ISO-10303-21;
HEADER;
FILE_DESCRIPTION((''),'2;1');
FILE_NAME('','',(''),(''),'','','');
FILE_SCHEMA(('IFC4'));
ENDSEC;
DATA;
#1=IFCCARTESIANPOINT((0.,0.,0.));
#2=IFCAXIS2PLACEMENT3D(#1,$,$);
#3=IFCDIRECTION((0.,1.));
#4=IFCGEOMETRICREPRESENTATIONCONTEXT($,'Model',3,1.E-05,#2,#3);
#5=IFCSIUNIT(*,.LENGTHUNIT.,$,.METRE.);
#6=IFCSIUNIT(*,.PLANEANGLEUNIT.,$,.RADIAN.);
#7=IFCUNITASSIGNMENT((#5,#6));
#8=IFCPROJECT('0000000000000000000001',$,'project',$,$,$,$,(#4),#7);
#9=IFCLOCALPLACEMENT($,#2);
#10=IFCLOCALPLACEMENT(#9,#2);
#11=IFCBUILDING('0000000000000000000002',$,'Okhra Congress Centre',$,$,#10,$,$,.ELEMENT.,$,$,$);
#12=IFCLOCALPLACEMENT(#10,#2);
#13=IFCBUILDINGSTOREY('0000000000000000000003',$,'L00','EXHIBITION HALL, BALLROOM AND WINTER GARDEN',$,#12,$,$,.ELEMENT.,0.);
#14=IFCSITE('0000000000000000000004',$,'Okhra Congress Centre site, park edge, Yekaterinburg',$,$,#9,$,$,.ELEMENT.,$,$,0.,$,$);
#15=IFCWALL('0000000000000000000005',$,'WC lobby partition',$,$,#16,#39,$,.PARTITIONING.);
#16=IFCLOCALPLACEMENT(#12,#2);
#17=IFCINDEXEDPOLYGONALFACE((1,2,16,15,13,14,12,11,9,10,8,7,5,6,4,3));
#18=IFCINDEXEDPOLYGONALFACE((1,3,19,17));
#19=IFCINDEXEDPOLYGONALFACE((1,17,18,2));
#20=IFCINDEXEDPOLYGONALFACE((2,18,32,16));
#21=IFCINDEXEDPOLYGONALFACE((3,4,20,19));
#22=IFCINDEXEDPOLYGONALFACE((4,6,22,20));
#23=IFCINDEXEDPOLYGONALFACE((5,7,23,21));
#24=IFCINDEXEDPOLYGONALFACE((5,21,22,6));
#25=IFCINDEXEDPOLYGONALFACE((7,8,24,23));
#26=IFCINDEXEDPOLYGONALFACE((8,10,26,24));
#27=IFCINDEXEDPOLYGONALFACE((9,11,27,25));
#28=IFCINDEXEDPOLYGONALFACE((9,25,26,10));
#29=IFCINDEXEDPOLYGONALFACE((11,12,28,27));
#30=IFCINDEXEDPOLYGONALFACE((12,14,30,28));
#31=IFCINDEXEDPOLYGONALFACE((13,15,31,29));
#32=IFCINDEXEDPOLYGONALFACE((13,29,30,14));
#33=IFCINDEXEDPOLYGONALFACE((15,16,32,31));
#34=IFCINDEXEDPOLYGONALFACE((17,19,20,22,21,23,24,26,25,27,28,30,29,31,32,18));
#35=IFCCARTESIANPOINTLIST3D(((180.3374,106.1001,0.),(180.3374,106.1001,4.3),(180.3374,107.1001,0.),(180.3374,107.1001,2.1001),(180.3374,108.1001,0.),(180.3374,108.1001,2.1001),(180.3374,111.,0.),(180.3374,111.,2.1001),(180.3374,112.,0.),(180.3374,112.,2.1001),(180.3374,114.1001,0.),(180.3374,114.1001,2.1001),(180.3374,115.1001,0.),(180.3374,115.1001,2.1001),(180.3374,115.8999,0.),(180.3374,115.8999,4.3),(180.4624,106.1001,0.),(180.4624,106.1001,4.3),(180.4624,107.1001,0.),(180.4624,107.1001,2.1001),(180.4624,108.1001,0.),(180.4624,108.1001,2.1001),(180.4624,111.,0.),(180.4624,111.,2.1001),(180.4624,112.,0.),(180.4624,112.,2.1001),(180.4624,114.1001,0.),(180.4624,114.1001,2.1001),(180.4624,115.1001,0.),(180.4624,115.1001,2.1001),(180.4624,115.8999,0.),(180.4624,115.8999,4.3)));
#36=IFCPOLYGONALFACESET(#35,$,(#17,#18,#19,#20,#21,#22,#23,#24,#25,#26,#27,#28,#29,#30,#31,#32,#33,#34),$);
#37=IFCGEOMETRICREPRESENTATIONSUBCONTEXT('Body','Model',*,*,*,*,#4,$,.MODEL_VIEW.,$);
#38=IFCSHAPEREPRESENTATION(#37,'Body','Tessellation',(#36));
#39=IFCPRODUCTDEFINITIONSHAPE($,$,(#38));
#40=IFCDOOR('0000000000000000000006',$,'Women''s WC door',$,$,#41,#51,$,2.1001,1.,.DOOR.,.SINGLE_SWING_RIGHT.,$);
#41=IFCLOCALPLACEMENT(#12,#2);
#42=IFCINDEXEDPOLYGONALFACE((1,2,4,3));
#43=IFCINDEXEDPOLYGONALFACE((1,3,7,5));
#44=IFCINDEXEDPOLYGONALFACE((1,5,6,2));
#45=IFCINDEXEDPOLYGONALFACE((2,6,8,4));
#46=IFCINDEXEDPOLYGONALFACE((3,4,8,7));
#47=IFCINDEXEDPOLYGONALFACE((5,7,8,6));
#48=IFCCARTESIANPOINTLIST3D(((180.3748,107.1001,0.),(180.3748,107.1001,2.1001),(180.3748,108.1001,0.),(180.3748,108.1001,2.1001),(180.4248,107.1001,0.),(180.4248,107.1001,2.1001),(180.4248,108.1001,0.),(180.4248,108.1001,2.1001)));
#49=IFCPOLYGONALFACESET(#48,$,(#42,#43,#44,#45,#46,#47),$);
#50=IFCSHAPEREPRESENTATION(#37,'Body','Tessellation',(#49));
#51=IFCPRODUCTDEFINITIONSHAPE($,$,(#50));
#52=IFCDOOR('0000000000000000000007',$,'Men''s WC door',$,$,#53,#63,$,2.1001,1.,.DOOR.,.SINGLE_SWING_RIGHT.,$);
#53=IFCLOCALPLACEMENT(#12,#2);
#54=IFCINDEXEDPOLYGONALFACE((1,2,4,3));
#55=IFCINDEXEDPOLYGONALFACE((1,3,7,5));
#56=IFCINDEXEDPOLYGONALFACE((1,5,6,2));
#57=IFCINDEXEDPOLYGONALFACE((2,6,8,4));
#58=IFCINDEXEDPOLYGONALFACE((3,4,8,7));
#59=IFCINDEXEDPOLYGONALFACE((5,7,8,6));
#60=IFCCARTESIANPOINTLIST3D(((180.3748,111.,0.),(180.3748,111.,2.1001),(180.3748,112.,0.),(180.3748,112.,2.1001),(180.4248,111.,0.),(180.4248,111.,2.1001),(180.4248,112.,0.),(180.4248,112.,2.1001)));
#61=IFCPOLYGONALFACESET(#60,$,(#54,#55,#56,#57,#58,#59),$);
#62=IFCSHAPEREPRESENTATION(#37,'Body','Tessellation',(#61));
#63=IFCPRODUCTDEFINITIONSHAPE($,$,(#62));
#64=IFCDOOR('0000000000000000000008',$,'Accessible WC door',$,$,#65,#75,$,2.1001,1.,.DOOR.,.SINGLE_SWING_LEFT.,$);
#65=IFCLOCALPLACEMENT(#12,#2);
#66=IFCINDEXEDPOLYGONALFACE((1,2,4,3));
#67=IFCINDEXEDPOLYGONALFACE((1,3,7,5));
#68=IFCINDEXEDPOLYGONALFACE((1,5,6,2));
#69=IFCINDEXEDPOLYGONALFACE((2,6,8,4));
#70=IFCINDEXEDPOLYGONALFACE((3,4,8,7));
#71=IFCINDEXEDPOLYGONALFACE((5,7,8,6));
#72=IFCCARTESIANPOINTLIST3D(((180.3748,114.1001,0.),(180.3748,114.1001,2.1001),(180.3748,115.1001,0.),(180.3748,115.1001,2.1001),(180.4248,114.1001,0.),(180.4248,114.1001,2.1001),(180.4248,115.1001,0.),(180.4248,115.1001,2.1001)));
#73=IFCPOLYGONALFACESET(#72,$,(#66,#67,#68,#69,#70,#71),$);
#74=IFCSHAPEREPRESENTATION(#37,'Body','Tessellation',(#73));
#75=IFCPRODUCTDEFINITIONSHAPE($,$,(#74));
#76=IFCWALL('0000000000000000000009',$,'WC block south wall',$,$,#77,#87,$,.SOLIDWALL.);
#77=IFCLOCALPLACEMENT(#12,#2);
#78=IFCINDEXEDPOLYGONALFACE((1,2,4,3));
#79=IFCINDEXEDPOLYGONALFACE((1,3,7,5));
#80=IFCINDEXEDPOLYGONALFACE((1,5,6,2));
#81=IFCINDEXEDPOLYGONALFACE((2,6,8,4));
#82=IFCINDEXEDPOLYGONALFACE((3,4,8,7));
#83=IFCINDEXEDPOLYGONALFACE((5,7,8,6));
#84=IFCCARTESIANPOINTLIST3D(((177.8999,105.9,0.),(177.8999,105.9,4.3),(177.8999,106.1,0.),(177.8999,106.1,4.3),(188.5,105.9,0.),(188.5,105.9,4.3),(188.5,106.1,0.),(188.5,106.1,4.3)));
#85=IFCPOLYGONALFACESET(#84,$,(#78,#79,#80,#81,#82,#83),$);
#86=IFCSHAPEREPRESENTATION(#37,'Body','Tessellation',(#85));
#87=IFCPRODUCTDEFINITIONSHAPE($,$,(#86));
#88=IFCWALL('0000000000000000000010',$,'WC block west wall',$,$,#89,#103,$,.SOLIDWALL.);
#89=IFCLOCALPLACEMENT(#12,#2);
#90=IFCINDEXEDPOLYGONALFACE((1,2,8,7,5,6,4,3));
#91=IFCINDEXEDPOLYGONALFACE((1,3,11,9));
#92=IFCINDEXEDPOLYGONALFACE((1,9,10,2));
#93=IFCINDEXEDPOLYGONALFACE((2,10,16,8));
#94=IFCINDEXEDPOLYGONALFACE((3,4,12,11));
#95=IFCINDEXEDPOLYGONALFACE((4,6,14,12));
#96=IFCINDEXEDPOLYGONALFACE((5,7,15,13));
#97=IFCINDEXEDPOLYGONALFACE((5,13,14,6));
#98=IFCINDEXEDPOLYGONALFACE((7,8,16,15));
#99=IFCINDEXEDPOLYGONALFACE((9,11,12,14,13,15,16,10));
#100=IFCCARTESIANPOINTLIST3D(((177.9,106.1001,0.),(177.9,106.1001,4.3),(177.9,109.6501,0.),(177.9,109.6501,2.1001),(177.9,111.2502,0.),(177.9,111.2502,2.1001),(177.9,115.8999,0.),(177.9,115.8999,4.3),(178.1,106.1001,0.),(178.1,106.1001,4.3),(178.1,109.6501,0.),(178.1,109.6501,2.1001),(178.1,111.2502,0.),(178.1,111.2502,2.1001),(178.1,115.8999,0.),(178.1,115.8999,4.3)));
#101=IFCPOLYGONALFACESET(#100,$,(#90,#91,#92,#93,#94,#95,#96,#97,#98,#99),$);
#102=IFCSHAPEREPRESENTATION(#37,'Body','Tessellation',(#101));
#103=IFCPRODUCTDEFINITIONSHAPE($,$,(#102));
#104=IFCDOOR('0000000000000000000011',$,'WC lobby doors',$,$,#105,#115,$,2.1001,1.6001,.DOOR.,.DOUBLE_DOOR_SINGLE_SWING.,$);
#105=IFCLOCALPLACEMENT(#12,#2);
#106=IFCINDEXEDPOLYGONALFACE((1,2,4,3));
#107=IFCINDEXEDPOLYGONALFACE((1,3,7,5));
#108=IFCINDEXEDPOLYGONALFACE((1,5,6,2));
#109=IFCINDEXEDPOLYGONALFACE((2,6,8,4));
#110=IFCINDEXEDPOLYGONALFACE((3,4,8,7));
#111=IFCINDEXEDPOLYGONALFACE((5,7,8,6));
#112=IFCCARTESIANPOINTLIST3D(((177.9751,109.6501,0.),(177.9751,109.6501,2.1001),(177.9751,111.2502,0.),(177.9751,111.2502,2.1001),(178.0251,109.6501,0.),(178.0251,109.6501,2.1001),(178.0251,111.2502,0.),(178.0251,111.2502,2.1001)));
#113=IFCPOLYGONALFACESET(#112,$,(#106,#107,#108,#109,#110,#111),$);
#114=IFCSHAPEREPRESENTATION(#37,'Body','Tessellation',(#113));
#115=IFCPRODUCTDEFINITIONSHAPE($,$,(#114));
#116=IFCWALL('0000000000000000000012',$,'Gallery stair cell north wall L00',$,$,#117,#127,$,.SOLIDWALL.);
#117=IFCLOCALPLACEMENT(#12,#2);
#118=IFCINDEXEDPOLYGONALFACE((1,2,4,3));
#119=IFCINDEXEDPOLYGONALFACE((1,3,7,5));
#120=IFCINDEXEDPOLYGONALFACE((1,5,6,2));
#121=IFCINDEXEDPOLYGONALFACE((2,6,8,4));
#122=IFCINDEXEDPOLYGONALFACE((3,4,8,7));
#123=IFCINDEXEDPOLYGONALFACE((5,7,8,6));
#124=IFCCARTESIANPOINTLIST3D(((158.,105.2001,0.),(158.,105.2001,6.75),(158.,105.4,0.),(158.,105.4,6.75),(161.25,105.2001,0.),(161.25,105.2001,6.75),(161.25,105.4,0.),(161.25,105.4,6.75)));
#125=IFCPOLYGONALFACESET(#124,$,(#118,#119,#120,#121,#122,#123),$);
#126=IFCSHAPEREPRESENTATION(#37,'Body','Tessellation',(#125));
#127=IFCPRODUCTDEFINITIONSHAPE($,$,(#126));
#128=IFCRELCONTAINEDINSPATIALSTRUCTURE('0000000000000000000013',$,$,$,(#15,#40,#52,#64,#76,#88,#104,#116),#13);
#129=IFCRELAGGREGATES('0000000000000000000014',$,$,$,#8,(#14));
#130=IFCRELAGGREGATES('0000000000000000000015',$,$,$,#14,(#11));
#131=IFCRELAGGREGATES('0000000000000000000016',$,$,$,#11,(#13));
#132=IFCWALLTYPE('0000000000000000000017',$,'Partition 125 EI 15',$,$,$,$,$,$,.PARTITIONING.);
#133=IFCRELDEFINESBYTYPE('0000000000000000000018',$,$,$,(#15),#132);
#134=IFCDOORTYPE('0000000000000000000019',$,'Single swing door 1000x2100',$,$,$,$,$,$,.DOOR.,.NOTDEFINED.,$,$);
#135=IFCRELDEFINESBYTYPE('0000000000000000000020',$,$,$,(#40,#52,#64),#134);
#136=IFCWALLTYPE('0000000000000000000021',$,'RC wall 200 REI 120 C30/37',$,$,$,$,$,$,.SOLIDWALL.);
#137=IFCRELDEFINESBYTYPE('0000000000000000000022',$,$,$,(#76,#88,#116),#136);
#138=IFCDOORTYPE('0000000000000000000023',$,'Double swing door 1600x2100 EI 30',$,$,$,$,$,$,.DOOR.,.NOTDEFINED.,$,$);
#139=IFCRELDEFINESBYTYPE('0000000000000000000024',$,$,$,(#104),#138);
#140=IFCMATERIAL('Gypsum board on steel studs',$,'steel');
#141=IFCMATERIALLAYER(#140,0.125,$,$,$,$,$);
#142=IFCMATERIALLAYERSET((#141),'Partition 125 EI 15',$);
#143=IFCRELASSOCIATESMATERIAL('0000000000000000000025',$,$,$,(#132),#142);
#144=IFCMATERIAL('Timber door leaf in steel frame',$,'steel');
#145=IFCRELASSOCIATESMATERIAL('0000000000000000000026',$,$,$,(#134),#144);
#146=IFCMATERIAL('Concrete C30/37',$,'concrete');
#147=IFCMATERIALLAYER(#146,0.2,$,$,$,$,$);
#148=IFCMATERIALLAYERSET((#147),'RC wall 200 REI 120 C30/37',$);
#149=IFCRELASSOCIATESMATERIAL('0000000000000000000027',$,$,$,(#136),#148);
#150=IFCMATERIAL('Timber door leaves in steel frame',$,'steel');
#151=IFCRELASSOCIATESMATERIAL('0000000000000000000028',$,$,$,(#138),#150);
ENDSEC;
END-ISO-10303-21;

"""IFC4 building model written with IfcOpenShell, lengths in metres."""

from ifc_helpers import new_model, si_unit, direction, frame, frame_2d, origin, place, context, subcontext, project, spatial, rectangle, extrude, material, layer, layer_set, type_object, element, fill, save


model = new_model("IFC4")

# Units and contexts
model_context = context("Model", 3, precision=1e-05, world=origin(), true_north=direction((0.0, 1.0)))
body_context = subcontext(model_context, "Body", "Model", "MODEL_VIEW")
ifc_project = project(units=[si_unit("LENGTHUNIT", "METRE"), si_unit("PLANEANGLEUNIT", "RADIAN")], contexts=[model_context])

# Site, building, storey
site_placement = place(None, origin())
site = spatial("IfcSite", under=ifc_project, at=site_placement, Name="Okhra Congress Centre site, park edge, Yekaterinburg", CompositionType="ELEMENT", RefElevation=0.0)
building_placement = place(site_placement, origin())
building = spatial("IfcBuilding", under=site, at=building_placement, Name="Okhra Congress Centre", CompositionType="ELEMENT")
storey_placement = place(building_placement, origin())
storey = spatial("IfcBuildingStorey", under=building, at=storey_placement, Name="L00", Description="EXHIBITION HALL, BALLROOM AND WINTER GARDEN", CompositionType="ELEMENT", Elevation=0.0)

# Shared definitions
ifc_material_1 = material(Name="Concrete C30/37", Category="concrete")

# Shared definitions
ifc_material_2 = material(Name="Gypsum board on steel studs", Category="steel")

# Wall, openings, doors
ifc_layer_1 = layer(ifc_material_2, 0.125)
ifc_layer_set_1 = layer_set([ifc_layer_1], Name="Partition 125 EI 15")
wall_type_1 = type_object("IfcWallType", Name="Partition 125 EI 15", PredefinedType="PARTITIONING", material=ifc_layer_set_1)
wall_1_placement = place(storey_placement, frame((180.3999, 106.1001, 0.0), z_axis=(0.0, 0.0, 1.0), x_axis=(0.0, 1.0, 0.0)))
wall_1 = element("IfcWall", 1, at=wall_1_placement, inside=storey, type_object=wall_type_1, Name="WC lobby partition", PredefinedType="PARTITIONING", context=body_context, shape_type="SweptSolid", body=[
    extrude(rectangle(XDim=9.7998, YDim=0.125, at=frame_2d((4.8999, 0.0))), origin(), (0.0, 0.0, 1.0), 4.3),
])
opening_1_placement = place(wall_1_placement, frame((1.0, 0.0, 0.0)))
opening_1 = element("IfcOpeningElement", 2, at=opening_1_placement, cuts=wall_1, PredefinedType="OPENING", context=body_context, shape_type="SweptSolid", body=[
    extrude(rectangle(XDim=1.0, YDim=2.1001, at=frame_2d((0.5, 1.05))), frame((0.0, 0.0725, 0.0), z_axis=(0.0, -1.0, 0.0), x_axis=(1.0, 0.0, 0.0)), (0.0, 0.0, 1.0), 0.145),
])
opening_2_placement = place(wall_1_placement, frame((4.8999, 0.0, 0.0)))
opening_2 = element("IfcOpeningElement", 3, at=opening_2_placement, cuts=wall_1, PredefinedType="OPENING", context=body_context, shape_type="SweptSolid", body=[
    extrude(rectangle(XDim=1.0, YDim=2.1001, at=frame_2d((0.5, 1.05))), frame((0.0, 0.0725, 0.0), z_axis=(0.0, -1.0, 0.0), x_axis=(1.0, 0.0, 0.0)), (0.0, 0.0, 1.0), 0.145),
])
opening_3_placement = place(wall_1_placement, frame((8.0, 0.0, 0.0)))
opening_3 = element("IfcOpeningElement", 4, at=opening_3_placement, cuts=wall_1, PredefinedType="OPENING", context=body_context, shape_type="SweptSolid", body=[
    extrude(rectangle(XDim=1.0, YDim=2.1001, at=frame_2d((0.5, 1.05))), frame((0.0, 0.0725, 0.0), z_axis=(0.0, -1.0, 0.0), x_axis=(1.0, 0.0, 0.0)), (0.0, 0.0, 1.0), 0.145),
])
ifc_material_3 = material(Name="Timber door leaf in steel frame", Category="steel")
door_type_1 = type_object("IfcDoorType", Name="Single swing door 1000x2100", OperationType="NOTDEFINED", PredefinedType="DOOR", material=ifc_material_3)
door_1_placement = place(opening_1_placement, frame((1.0, 0.0, 0.0), z_axis=(0.0, 0.0, 1.0), x_axis=(-1.0, 0.0, 0.0)))
door_1 = element("IfcDoor", 5, at=door_1_placement, inside=storey, type_object=door_type_1, Name="Women's WC door", OperationType="SINGLE_SWING_RIGHT", OverallHeight=2.1001, OverallWidth=1.0, PredefinedType="DOOR", context=body_context, shape_type="SweptSolid", body=[
    extrude(rectangle(XDim=1.0, YDim=2.1001, at=frame_2d((0.5, 1.05))), frame((0.0, 0.0249, 0.0), z_axis=(0.0, -1.0, 0.0), x_axis=(1.0, 0.0, 0.0)), (0.0, 0.0, 1.0), 0.05),
])
fill(opening_1, door_1)
door_2_placement = place(opening_2_placement, frame((1.0, 0.0, 0.0), z_axis=(0.0, 0.0, 1.0), x_axis=(-1.0, 0.0, 0.0)))
door_2 = element("IfcDoor", 6, at=door_2_placement, inside=storey, type_object=door_type_1, Name="Men's WC door", OperationType="SINGLE_SWING_RIGHT", OverallHeight=2.1001, OverallWidth=1.0, PredefinedType="DOOR", context=body_context, shape_type="SweptSolid", body=[
    extrude(rectangle(XDim=1.0, YDim=2.1001, at=frame_2d((0.5, 1.05))), frame((0.0, 0.0249, 0.0), z_axis=(0.0, -1.0, 0.0), x_axis=(1.0, 0.0, 0.0)), (0.0, 0.0, 1.0), 0.05),
])
fill(opening_2, door_2)
door_3_placement = place(opening_3_placement, frame((1.0, 0.0, 0.0), z_axis=(0.0, 0.0, 1.0), x_axis=(-1.0, 0.0, 0.0)))
door_3 = element("IfcDoor", 7, at=door_3_placement, inside=storey, type_object=door_type_1, Name="Accessible WC door", OperationType="SINGLE_SWING_LEFT", OverallHeight=2.1001, OverallWidth=1.0, PredefinedType="DOOR", context=body_context, shape_type="SweptSolid", body=[
    extrude(rectangle(XDim=1.0, YDim=2.1001, at=frame_2d((0.5, 1.05))), frame((0.0, 0.0249, 0.0), z_axis=(0.0, -1.0, 0.0), x_axis=(1.0, 0.0, 0.0)), (0.0, 0.0, 1.0), 0.05),
])
fill(opening_3, door_3)

# Wall
ifc_layer_2 = layer(ifc_material_1, 0.2)
ifc_layer_set_2 = layer_set([ifc_layer_2], Name="RC wall 200 REI 120 C30/37")
wall_type_2 = type_object("IfcWallType", Name="RC wall 200 REI 120 C30/37", PredefinedType="SOLIDWALL", material=ifc_layer_set_2)
wall_2_placement = place(storey_placement, frame((177.8999, 106.0, 0.0), z_axis=(0.0, 0.0, 1.0), x_axis=(1.0, 0.0, 0.0)))
element("IfcWall", 8, at=wall_2_placement, inside=storey, type_object=wall_type_2, Name="WC block south wall", PredefinedType="SOLIDWALL", context=body_context, shape_type="SweptSolid", body=[
    extrude(rectangle(XDim=10.6001, YDim=0.2, at=frame_2d((5.3, 0.0))), origin(), (0.0, 0.0, 1.0), 4.3),
])

# Wall, opening, door
wall_3_placement = place(storey_placement, frame((178.0, 106.1001, 0.0), z_axis=(0.0, 0.0, 1.0), x_axis=(0.0, 1.0, 0.0)))
wall_3 = element("IfcWall", 9, at=wall_3_placement, inside=storey, type_object=wall_type_2, Name="WC block west wall", PredefinedType="SOLIDWALL", context=body_context, shape_type="SweptSolid", body=[
    extrude(rectangle(XDim=9.7998, YDim=0.2, at=frame_2d((4.8999, 0.0))), origin(), (0.0, 0.0, 1.0), 4.3),
])
opening_4_placement = place(wall_3_placement, frame((3.55, 0.0, 0.0)))
opening_4 = element("IfcOpeningElement", 10, at=opening_4_placement, cuts=wall_3, PredefinedType="OPENING", context=body_context, shape_type="SweptSolid", body=[
    extrude(rectangle(XDim=1.6001, YDim=2.1001, at=frame_2d((0.8, 1.05))), frame((0.0, 0.1099, 0.0), z_axis=(0.0, -1.0, 0.0), x_axis=(1.0, 0.0, 0.0)), (0.0, 0.0, 1.0), 0.22),
])
ifc_material_4 = material(Name="Timber door leaves in steel frame", Category="steel")
door_type_2 = type_object("IfcDoorType", Name="Double swing door 1600x2100 EI 30", OperationType="NOTDEFINED", PredefinedType="DOOR", material=ifc_material_4)
door_4_placement = place(opening_4_placement, origin())
door_4 = element("IfcDoor", 11, at=door_4_placement, inside=storey, type_object=door_type_2, Name="WC lobby doors", OperationType="DOUBLE_DOOR_SINGLE_SWING", OverallHeight=2.1001, OverallWidth=1.6001, PredefinedType="DOOR", context=body_context, shape_type="SweptSolid", body=[
    extrude(rectangle(XDim=1.6001, YDim=2.1001, at=frame_2d((0.8, 1.05))), frame((0.0, 0.0249, 0.0), z_axis=(0.0, -1.0, 0.0), x_axis=(1.0, 0.0, 0.0)), (0.0, 0.0, 1.0), 0.05),
])
fill(opening_4, door_4)

# Wall
wall_4_placement = place(storey_placement, frame((158.0, 105.3, 0.0), z_axis=(0.0, 0.0, 1.0), x_axis=(1.0, 0.0, 0.0)))
element("IfcWall", 12, at=wall_4_placement, inside=storey, type_object=wall_type_2, Name="Gallery stair cell north wall L00", PredefinedType="SOLIDWALL", context=body_context, shape_type="SweptSolid", body=[
    extrude(rectangle(XDim=3.25, YDim=0.2, at=frame_2d((1.625, 0.0))), origin(), (0.0, 0.0, 1.0), 6.75),
])

save(model, "model.ifc")
